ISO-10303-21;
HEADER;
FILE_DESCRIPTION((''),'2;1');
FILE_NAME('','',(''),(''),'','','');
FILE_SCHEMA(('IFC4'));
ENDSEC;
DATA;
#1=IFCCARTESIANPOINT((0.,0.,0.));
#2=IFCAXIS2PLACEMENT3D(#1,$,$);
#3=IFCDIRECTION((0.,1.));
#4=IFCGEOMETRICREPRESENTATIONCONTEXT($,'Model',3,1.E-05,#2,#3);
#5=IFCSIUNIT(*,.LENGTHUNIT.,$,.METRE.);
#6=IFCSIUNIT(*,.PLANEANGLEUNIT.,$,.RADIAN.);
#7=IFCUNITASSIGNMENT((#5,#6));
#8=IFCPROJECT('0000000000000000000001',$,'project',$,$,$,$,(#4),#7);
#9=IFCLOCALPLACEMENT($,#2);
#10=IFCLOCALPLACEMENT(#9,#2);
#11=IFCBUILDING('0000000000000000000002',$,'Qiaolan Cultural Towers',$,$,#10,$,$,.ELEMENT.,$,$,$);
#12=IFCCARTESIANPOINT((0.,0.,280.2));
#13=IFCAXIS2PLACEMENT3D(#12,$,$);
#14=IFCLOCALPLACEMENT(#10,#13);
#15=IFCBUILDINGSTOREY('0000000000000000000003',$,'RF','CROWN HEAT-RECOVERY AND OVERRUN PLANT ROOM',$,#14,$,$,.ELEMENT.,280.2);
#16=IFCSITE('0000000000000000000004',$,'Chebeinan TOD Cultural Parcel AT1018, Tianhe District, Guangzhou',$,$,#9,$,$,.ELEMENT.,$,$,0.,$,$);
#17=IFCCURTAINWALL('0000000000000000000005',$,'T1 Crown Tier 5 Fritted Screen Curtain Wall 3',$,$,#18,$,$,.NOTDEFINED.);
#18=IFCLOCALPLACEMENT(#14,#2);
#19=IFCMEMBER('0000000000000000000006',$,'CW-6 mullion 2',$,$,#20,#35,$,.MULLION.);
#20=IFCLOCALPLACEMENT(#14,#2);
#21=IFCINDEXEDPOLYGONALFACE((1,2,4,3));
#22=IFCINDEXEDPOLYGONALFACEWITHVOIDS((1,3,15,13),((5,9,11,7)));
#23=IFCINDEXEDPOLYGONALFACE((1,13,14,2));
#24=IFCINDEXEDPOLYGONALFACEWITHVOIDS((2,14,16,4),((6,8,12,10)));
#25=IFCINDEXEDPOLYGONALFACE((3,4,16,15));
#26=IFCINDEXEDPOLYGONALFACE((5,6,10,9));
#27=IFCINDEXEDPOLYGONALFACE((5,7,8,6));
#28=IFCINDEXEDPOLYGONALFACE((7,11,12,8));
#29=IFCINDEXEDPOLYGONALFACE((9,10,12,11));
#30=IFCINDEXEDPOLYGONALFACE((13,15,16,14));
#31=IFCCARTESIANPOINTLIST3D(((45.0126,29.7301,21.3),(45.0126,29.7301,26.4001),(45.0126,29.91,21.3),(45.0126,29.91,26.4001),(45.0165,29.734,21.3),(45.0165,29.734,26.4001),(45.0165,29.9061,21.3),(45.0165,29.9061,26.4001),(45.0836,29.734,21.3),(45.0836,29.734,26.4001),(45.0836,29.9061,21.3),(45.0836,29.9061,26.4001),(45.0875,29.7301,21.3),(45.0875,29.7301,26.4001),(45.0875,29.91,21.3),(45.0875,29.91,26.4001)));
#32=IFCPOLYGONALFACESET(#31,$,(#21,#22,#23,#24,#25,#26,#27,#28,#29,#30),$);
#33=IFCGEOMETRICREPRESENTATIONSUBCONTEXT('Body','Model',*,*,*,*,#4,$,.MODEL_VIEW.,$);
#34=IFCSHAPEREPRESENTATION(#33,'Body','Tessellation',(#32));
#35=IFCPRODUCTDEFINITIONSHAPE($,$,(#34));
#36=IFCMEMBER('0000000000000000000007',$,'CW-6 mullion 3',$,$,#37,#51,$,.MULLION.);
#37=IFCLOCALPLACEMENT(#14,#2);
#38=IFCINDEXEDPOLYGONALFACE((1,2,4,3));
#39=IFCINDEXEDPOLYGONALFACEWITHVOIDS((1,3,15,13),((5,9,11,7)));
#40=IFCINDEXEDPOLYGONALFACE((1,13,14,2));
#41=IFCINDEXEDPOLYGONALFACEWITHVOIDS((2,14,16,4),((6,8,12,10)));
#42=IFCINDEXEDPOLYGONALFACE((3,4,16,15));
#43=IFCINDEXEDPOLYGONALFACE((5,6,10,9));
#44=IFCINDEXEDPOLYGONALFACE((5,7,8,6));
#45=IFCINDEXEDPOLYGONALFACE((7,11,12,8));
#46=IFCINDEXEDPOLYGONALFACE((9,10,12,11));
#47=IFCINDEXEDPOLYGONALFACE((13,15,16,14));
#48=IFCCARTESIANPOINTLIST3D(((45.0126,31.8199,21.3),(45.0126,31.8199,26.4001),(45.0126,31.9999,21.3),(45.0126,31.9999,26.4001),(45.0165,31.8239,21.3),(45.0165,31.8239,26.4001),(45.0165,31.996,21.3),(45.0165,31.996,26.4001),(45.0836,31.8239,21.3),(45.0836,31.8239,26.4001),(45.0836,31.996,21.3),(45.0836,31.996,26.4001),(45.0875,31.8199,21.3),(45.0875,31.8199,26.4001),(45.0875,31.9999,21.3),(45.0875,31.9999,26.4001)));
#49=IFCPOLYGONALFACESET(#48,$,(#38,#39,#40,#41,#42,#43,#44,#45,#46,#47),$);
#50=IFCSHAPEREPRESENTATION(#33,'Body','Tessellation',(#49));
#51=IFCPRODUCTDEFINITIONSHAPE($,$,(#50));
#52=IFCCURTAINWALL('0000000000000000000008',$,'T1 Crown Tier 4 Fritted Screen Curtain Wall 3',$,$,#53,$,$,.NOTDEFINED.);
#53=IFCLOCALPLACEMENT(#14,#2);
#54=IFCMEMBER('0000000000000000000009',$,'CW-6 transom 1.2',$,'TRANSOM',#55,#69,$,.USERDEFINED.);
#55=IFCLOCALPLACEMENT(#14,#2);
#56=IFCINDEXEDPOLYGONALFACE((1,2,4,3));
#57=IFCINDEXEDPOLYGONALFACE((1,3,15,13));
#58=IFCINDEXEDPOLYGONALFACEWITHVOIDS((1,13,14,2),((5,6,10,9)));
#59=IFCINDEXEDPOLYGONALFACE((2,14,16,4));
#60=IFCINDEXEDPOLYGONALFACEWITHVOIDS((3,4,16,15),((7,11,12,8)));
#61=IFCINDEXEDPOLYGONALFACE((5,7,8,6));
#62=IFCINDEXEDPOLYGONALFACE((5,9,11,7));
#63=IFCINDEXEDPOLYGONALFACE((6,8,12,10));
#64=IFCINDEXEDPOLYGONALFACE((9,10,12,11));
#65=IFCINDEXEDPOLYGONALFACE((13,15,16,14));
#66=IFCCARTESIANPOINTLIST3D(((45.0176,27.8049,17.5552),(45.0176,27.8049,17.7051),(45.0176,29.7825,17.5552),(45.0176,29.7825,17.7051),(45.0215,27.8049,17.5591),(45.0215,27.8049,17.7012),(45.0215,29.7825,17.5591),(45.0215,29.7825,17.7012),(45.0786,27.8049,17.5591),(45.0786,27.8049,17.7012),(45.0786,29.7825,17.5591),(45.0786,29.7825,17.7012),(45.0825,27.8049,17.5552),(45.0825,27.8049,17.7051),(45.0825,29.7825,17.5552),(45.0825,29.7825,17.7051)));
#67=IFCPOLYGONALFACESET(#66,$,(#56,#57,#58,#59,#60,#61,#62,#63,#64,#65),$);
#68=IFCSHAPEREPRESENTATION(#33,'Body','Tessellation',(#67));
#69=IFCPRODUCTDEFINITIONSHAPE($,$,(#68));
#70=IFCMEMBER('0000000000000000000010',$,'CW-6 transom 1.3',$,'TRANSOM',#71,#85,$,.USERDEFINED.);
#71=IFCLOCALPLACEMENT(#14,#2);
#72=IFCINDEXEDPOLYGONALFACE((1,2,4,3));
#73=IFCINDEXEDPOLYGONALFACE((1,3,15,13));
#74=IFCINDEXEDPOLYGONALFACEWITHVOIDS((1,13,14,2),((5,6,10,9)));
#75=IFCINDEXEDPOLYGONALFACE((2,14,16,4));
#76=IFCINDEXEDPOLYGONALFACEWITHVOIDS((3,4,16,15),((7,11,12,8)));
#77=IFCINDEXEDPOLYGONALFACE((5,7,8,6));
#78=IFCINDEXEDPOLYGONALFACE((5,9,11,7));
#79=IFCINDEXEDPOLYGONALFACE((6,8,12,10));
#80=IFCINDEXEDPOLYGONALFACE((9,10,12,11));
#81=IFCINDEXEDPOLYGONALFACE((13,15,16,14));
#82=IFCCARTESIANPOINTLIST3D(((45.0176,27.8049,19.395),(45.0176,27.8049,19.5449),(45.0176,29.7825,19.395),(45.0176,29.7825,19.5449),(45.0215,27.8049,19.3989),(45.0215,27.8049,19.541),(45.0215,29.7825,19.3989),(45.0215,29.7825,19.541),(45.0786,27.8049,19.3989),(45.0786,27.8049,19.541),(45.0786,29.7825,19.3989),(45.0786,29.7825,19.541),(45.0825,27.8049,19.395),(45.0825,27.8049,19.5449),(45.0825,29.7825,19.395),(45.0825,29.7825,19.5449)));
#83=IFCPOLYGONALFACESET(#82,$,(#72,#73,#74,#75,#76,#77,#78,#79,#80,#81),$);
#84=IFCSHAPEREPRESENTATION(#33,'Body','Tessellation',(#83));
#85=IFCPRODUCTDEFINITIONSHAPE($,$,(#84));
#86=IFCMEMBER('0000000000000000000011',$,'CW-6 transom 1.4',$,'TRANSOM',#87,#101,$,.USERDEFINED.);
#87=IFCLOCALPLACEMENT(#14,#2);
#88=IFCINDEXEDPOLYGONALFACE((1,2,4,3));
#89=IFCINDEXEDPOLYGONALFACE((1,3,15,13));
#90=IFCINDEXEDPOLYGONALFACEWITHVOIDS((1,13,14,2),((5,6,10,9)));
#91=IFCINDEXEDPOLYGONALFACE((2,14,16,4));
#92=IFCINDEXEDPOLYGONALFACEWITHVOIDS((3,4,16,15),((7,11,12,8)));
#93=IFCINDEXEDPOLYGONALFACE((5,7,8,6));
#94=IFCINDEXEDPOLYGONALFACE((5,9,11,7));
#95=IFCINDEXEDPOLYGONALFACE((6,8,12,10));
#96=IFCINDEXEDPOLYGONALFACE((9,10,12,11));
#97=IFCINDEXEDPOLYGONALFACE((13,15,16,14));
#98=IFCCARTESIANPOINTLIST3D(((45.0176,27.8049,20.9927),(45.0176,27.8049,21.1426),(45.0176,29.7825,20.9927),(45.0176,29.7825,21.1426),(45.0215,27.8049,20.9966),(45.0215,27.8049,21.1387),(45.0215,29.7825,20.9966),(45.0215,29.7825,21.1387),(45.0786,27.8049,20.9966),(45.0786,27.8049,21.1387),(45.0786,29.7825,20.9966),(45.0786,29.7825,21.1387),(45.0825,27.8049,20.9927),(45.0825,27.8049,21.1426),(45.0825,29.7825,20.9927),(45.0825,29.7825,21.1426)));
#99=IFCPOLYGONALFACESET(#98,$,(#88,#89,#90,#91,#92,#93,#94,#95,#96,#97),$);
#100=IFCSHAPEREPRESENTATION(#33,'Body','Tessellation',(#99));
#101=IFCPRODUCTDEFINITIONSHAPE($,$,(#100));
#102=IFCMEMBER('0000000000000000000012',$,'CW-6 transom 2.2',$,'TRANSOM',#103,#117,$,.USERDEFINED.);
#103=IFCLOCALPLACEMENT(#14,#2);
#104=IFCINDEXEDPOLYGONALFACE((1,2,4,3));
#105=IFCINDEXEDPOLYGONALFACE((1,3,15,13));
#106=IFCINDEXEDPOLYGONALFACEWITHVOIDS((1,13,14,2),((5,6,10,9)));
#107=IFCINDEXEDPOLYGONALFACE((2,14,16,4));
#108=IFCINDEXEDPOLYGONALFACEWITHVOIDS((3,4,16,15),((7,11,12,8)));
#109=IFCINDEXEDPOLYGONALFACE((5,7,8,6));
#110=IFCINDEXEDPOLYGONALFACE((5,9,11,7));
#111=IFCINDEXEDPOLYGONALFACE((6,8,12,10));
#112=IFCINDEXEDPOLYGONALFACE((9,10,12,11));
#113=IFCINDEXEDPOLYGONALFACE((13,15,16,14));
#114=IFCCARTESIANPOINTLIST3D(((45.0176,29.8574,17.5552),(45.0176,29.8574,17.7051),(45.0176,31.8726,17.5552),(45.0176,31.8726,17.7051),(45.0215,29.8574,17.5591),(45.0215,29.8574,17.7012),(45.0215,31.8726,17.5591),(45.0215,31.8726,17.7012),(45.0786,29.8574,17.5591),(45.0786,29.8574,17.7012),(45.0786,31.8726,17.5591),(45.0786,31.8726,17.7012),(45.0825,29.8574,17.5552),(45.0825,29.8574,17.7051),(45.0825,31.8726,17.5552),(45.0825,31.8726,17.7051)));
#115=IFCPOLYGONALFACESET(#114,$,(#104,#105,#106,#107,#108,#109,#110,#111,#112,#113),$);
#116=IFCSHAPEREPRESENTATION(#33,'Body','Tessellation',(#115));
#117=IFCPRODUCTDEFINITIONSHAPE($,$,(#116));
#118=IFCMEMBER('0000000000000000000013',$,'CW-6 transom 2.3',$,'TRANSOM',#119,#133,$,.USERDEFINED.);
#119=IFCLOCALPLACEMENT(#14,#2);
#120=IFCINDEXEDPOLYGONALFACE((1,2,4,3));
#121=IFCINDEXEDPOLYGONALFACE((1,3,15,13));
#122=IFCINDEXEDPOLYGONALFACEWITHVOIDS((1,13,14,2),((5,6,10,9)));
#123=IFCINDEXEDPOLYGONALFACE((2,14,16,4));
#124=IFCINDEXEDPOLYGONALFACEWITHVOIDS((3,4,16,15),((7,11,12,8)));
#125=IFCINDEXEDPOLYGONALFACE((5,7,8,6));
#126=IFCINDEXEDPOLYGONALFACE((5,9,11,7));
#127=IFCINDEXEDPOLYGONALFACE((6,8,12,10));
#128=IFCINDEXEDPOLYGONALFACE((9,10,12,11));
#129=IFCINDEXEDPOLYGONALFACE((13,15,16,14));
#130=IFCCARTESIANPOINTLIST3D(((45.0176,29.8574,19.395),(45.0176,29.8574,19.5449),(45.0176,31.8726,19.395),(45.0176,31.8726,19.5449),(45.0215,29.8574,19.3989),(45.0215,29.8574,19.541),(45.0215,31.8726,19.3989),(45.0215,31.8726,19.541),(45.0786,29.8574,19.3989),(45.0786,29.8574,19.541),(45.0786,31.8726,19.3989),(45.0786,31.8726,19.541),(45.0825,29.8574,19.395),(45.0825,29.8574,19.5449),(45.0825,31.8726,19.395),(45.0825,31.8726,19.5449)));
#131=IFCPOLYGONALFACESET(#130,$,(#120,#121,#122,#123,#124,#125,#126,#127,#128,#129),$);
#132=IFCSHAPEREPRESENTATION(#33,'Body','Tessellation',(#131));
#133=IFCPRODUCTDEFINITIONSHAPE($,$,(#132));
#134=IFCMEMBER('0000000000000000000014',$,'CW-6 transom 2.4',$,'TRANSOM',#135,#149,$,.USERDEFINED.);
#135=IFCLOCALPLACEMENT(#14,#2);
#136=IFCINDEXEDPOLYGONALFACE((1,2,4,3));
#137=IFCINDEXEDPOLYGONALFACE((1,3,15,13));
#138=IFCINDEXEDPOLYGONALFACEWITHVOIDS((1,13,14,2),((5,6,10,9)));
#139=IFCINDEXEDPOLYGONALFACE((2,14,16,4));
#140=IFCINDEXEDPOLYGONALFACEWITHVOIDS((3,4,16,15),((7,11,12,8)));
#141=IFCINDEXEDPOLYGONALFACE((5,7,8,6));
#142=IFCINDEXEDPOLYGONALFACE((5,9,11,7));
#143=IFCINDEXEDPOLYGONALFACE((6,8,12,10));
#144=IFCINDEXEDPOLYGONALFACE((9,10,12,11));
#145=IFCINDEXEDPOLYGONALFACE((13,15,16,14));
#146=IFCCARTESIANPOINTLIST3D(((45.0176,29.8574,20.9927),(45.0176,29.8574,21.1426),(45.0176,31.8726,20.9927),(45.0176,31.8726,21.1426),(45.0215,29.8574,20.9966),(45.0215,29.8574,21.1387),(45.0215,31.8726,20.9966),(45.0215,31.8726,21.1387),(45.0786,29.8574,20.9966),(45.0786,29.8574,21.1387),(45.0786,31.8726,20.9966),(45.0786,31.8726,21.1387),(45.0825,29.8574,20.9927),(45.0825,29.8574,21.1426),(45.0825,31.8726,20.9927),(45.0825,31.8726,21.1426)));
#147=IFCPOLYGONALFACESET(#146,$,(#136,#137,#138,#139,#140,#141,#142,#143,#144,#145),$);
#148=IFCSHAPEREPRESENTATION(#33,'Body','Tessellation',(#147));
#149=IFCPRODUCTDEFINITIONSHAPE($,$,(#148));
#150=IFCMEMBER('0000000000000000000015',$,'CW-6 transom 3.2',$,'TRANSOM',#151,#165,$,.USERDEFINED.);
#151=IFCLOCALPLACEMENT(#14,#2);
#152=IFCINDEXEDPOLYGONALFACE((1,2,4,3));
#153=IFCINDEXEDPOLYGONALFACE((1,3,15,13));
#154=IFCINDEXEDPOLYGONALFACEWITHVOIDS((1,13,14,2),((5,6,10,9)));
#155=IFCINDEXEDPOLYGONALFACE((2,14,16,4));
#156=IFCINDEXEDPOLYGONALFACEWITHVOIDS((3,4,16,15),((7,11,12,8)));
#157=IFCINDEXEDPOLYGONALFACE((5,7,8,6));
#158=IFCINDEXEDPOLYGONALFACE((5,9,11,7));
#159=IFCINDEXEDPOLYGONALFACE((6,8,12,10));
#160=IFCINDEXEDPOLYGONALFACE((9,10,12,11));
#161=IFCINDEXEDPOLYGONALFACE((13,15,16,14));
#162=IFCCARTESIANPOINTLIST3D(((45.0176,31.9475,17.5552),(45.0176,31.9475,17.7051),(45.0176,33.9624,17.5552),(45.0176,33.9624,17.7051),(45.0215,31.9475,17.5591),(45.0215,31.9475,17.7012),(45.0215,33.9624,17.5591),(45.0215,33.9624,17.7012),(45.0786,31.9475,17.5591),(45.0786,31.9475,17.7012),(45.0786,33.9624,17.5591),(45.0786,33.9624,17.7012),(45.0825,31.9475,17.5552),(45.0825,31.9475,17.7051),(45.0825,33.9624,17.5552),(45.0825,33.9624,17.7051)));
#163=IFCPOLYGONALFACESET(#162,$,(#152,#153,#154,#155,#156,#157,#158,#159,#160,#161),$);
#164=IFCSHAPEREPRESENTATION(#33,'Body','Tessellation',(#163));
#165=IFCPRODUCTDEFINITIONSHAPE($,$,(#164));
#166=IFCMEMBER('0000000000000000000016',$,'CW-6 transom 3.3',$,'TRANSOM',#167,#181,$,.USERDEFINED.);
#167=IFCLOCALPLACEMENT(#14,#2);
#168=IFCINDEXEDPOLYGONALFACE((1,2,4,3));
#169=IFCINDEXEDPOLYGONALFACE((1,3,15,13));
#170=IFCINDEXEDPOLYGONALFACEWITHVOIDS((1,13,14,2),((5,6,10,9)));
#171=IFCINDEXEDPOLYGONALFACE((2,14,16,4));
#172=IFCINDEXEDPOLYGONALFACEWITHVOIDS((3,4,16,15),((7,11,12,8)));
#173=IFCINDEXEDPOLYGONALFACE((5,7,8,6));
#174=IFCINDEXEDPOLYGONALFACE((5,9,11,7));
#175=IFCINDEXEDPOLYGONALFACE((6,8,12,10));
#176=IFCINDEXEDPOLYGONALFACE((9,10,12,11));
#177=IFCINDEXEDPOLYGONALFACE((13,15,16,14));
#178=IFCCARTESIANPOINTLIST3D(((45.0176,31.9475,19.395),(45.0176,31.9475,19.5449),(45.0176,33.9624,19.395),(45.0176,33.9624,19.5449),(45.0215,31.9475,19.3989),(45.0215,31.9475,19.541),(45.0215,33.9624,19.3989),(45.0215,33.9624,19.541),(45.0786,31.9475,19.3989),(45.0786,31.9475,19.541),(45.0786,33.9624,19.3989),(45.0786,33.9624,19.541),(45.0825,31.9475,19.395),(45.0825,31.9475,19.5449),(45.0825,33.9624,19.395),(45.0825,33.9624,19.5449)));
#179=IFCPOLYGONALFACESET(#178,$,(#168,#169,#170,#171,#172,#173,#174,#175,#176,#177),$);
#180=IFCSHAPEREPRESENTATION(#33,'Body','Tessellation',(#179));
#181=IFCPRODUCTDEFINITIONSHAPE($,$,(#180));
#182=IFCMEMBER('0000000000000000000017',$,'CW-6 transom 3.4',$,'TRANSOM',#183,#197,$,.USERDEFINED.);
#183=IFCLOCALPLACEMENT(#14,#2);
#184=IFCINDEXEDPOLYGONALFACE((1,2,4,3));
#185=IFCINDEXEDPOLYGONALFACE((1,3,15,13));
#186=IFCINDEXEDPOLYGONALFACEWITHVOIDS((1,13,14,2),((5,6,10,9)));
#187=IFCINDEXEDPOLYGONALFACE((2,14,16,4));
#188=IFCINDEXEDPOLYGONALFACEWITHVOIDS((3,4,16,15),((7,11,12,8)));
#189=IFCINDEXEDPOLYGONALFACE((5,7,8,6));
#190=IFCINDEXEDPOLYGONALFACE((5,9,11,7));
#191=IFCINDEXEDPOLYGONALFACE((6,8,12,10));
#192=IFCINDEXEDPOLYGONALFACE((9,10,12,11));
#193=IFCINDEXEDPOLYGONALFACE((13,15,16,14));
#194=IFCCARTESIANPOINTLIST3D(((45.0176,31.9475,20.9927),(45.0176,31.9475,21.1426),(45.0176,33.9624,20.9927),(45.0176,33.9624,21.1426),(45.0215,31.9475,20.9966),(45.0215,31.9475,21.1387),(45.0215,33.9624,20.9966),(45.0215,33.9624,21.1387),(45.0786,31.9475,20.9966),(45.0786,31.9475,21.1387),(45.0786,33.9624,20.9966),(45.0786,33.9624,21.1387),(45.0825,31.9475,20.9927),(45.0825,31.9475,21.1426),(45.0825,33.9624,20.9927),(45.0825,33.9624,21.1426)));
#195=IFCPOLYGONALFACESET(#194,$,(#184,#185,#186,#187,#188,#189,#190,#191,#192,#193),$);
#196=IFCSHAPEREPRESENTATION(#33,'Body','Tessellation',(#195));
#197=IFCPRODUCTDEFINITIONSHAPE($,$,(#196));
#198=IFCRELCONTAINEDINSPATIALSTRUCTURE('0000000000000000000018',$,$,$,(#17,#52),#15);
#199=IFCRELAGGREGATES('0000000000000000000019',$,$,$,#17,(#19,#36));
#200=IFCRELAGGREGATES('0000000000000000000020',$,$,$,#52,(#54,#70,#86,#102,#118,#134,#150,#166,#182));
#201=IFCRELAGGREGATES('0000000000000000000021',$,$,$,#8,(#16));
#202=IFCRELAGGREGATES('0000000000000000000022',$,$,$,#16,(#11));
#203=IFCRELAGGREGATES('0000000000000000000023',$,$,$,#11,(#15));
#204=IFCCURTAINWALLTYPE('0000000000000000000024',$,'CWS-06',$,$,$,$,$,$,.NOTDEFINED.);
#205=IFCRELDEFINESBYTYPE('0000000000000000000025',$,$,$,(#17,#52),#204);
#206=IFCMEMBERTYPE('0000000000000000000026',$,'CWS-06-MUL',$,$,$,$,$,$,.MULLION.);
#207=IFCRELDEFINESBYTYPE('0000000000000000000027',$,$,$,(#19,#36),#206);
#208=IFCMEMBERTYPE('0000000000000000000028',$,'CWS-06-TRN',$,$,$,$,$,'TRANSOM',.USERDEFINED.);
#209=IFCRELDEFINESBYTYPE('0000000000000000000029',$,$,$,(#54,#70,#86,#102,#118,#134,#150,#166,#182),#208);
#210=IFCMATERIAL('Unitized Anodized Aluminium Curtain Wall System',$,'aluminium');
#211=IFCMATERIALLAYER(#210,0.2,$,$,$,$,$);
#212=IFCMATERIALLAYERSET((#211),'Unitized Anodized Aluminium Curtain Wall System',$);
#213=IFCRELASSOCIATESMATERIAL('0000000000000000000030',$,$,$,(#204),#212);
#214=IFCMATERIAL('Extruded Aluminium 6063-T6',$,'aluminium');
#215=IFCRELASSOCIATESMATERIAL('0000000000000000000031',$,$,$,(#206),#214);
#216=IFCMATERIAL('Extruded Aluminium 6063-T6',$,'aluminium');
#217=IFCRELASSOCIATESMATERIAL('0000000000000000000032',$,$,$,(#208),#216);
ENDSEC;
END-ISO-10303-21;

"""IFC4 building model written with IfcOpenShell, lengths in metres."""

from ifc_helpers import new_model, si_unit, direction, frame, origin, origin_2d, place, context, subcontext, project, spatial, hollow_rectangle, extrude, material, layer, layer_set, material_profile, profile_set, type_object, element, aggregate, save


model = new_model("IFC4")

# Units and contexts
model_context = context("Model", 3, precision=1e-05, world=origin(), true_north=direction((0.0, 1.0)))
body_context = subcontext(model_context, "Body", "Model", "MODEL_VIEW")
ifc_project = project(units=[si_unit("LENGTHUNIT", "METRE"), si_unit("PLANEANGLEUNIT", "RADIAN")], contexts=[model_context])

# Site, building, storey
site_placement = place(None, origin())
site = spatial("IfcSite", under=ifc_project, at=site_placement, Name="Chebeinan TOD Cultural Parcel AT1018, Tianhe District, Guangzhou", CompositionType="ELEMENT", RefElevation=0.0)
building_placement = place(site_placement, origin())
building = spatial("IfcBuilding", under=site, at=building_placement, Name="Qiaolan Cultural Towers", CompositionType="ELEMENT")
storey_placement = place(building_placement, frame((0.0, 0.0, 280.2)))
storey = spatial("IfcBuildingStorey", under=building, at=storey_placement, Name="RF", Description="CROWN HEAT-RECOVERY AND OVERRUN PLANT ROOM", CompositionType="ELEMENT", Elevation=280.2)

# Curtain wall, members
ifc_material_1 = material(Name="Unitized Anodized Aluminium Curtain Wall System", Category="aluminium")
ifc_layer_1 = layer(ifc_material_1, 0.2)
ifc_layer_set_1 = layer_set([ifc_layer_1], Name="Unitized Anodized Aluminium Curtain Wall System")
curtain_wall_type = type_object("IfcCurtainWallType", Name="CWS-06", PredefinedType="NOTDEFINED", material=ifc_layer_set_1)
curtain_wall_1_placement = place(storey_placement, origin())
curtain_wall_1 = element("IfcCurtainWall", 1, at=curtain_wall_1_placement, inside=storey, type_object=curtain_wall_type, Name="T1 Crown Tier 5 Fritted Screen Curtain Wall 3", PredefinedType="NOTDEFINED")
ifc_material_2 = material(Name="Extruded Aluminium 6063-T6", Category="aluminium")
ifc_material_profile_1 = material_profile(ifc_material_2, hollow_rectangle(XDim=0.075, YDim=0.1799, WallThickness=0.0039, at=origin_2d()), Name="CWM-180x75x4")
ifc_profile_set_1 = profile_set([ifc_material_profile_1], Name="Extruded Aluminium 6063-T6")
member_type_1 = type_object("IfcMemberType", Name="CWS-06-MUL", PredefinedType="MULLION", material=ifc_profile_set_1)
member_1_placement = place(storey_placement, frame((45.05, 29.8201, 21.3), z_axis=(0.0, 0.0, 1.0), x_axis=(-1.0, 0.0, 0.0)))
member_1 = element("IfcMember", 2, at=member_1_placement, type_object=member_type_1, Name="CW-6 mullion 2", PredefinedType="MULLION", context=body_context, shape_type="SweptSolid", body=[
    extrude(hollow_rectangle(XDim=0.075, YDim=0.1799, WallThickness=0.0039, at=origin_2d()), origin(), (0.0, 0.0, 1.0), 5.1001),
])
member_2_placement = place(storey_placement, frame((45.05, 31.9099, 21.3), z_axis=(0.0, 0.0, 1.0), x_axis=(-1.0, 0.0, 0.0)))
member_2 = element("IfcMember", 3, at=member_2_placement, type_object=member_type_1, Name="CW-6 mullion 3", PredefinedType="MULLION", context=body_context, shape_type="SweptSolid", body=[
    extrude(hollow_rectangle(XDim=0.075, YDim=0.1799, WallThickness=0.0039, at=origin_2d()), origin(), (0.0, 0.0, 1.0), 5.1001),
])
aggregate(curtain_wall_1, [member_1, member_2])

# Curtain wall, members
curtain_wall_2_placement = place(storey_placement, origin())
curtain_wall_2 = element("IfcCurtainWall", 4, at=curtain_wall_2_placement, inside=storey, type_object=curtain_wall_type, Name="T1 Crown Tier 4 Fritted Screen Curtain Wall 3", PredefinedType="NOTDEFINED")
ifc_material_3 = material(Name="Extruded Aluminium 6063-T6", Category="aluminium")
ifc_material_profile_2 = material_profile(ifc_material_3, hollow_rectangle(XDim=0.0649, YDim=0.1499, WallThickness=0.0039, at=origin_2d()), Name="CWT-150x65x4")
ifc_profile_set_2 = profile_set([ifc_material_profile_2], Name="Extruded Aluminium 6063-T6")
member_type_2 = type_object("IfcMemberType", Name="CWS-06-TRN", ElementType="TRANSOM", PredefinedType="USERDEFINED", material=ifc_profile_set_2)
member_3_placement = place(storey_placement, frame((45.05, 27.8049, 17.6301), z_axis=(0.0, 1.0, 0.0), x_axis=(-1.0, 0.0, 0.0)))
member_3 = element("IfcMember", 5, at=member_3_placement, type_object=member_type_2, Name="CW-6 transom 1.2", ObjectType="TRANSOM", PredefinedType="USERDEFINED", context=body_context, shape_type="SweptSolid", body=[
    extrude(hollow_rectangle(XDim=0.0649, YDim=0.1499, WallThickness=0.0039, at=origin_2d()), origin(), (0.0, 0.0, 1.0), 1.9775),
])
member_4_placement = place(storey_placement, frame((45.05, 27.8049, 19.47), z_axis=(0.0, 1.0, 0.0), x_axis=(-1.0, 0.0, 0.0)))
member_4 = element("IfcMember", 6, at=member_4_placement, type_object=member_type_2, Name="CW-6 transom 1.3", ObjectType="TRANSOM", PredefinedType="USERDEFINED", context=body_context, shape_type="SweptSolid", body=[
    extrude(hollow_rectangle(XDim=0.0649, YDim=0.1499, WallThickness=0.0039, at=origin_2d()), origin(), (0.0, 0.0, 1.0), 1.9775),
])
member_5_placement = place(storey_placement, frame((45.05, 27.8049, 21.0676), z_axis=(0.0, 1.0, 0.0), x_axis=(-1.0, 0.0, 0.0)))
member_5 = element("IfcMember", 7, at=member_5_placement, type_object=member_type_2, Name="CW-6 transom 1.4", ObjectType="TRANSOM", PredefinedType="USERDEFINED", context=body_context, shape_type="SweptSolid", body=[
    extrude(hollow_rectangle(XDim=0.0649, YDim=0.1499, WallThickness=0.0039, at=origin_2d()), origin(), (0.0, 0.0, 1.0), 1.9775),
])
member_6_placement = place(storey_placement, frame((45.05, 29.8574, 17.6301), z_axis=(0.0, 1.0, 0.0), x_axis=(-1.0, 0.0, 0.0)))
member_6 = element("IfcMember", 8, at=member_6_placement, type_object=member_type_2, Name="CW-6 transom 2.2", ObjectType="TRANSOM", PredefinedType="USERDEFINED", context=body_context, shape_type="SweptSolid", body=[
    extrude(hollow_rectangle(XDim=0.0649, YDim=0.1499, WallThickness=0.0039, at=origin_2d()), origin(), (0.0, 0.0, 1.0), 2.0151),
])
member_7_placement = place(storey_placement, frame((45.05, 29.8574, 19.47), z_axis=(0.0, 1.0, 0.0), x_axis=(-1.0, 0.0, 0.0)))
member_7 = element("IfcMember", 9, at=member_7_placement, type_object=member_type_2, Name="CW-6 transom 2.3", ObjectType="TRANSOM", PredefinedType="USERDEFINED", context=body_context, shape_type="SweptSolid", body=[
    extrude(hollow_rectangle(XDim=0.0649, YDim=0.1499, WallThickness=0.0039, at=origin_2d()), origin(), (0.0, 0.0, 1.0), 2.0151),
])
member_8_placement = place(storey_placement, frame((45.05, 29.8574, 21.0676), z_axis=(0.0, 1.0, 0.0), x_axis=(-1.0, 0.0, 0.0)))
member_8 = element("IfcMember", 10, at=member_8_placement, type_object=member_type_2, Name="CW-6 transom 2.4", ObjectType="TRANSOM", PredefinedType="USERDEFINED", context=body_context, shape_type="SweptSolid", body=[
    extrude(hollow_rectangle(XDim=0.0649, YDim=0.1499, WallThickness=0.0039, at=origin_2d()), origin(), (0.0, 0.0, 1.0), 2.0151),
])
member_9_placement = place(storey_placement, frame((45.05, 31.9475, 17.6301), z_axis=(0.0, 1.0, 0.0), x_axis=(-1.0, 0.0, 0.0)))
member_9 = element("IfcMember", 11, at=member_9_placement, type_object=member_type_2, Name="CW-6 transom 3.2", ObjectType="TRANSOM", PredefinedType="USERDEFINED", context=body_context, shape_type="SweptSolid", body=[
    extrude(hollow_rectangle(XDim=0.0649, YDim=0.1499, WallThickness=0.0039, at=origin_2d()), origin(), (0.0, 0.0, 1.0), 2.0149),
])
member_10_placement = place(storey_placement, frame((45.05, 31.9475, 19.47), z_axis=(0.0, 1.0, 0.0), x_axis=(-1.0, 0.0, 0.0)))
member_10 = element("IfcMember", 12, at=member_10_placement, type_object=member_type_2, Name="CW-6 transom 3.3", ObjectType="TRANSOM", PredefinedType="USERDEFINED", context=body_context, shape_type="SweptSolid", body=[
    extrude(hollow_rectangle(XDim=0.0649, YDim=0.1499, WallThickness=0.0039, at=origin_2d()), origin(), (0.0, 0.0, 1.0), 2.0149),
])
member_11_placement = place(storey_placement, frame((45.05, 31.9475, 21.0676), z_axis=(0.0, 1.0, 0.0), x_axis=(-1.0, 0.0, 0.0)))
member_11 = element("IfcMember", 13, at=member_11_placement, type_object=member_type_2, Name="CW-6 transom 3.4", ObjectType="TRANSOM", PredefinedType="USERDEFINED", context=body_context, shape_type="SweptSolid", body=[
    extrude(hollow_rectangle(XDim=0.0649, YDim=0.1499, WallThickness=0.0039, at=origin_2d()), origin(), (0.0, 0.0, 1.0), 2.0149),
])
aggregate(curtain_wall_2, [member_3, member_4, member_5, member_6, member_7, member_8, member_9, member_10, member_11])

save(model, "model.ifc")
